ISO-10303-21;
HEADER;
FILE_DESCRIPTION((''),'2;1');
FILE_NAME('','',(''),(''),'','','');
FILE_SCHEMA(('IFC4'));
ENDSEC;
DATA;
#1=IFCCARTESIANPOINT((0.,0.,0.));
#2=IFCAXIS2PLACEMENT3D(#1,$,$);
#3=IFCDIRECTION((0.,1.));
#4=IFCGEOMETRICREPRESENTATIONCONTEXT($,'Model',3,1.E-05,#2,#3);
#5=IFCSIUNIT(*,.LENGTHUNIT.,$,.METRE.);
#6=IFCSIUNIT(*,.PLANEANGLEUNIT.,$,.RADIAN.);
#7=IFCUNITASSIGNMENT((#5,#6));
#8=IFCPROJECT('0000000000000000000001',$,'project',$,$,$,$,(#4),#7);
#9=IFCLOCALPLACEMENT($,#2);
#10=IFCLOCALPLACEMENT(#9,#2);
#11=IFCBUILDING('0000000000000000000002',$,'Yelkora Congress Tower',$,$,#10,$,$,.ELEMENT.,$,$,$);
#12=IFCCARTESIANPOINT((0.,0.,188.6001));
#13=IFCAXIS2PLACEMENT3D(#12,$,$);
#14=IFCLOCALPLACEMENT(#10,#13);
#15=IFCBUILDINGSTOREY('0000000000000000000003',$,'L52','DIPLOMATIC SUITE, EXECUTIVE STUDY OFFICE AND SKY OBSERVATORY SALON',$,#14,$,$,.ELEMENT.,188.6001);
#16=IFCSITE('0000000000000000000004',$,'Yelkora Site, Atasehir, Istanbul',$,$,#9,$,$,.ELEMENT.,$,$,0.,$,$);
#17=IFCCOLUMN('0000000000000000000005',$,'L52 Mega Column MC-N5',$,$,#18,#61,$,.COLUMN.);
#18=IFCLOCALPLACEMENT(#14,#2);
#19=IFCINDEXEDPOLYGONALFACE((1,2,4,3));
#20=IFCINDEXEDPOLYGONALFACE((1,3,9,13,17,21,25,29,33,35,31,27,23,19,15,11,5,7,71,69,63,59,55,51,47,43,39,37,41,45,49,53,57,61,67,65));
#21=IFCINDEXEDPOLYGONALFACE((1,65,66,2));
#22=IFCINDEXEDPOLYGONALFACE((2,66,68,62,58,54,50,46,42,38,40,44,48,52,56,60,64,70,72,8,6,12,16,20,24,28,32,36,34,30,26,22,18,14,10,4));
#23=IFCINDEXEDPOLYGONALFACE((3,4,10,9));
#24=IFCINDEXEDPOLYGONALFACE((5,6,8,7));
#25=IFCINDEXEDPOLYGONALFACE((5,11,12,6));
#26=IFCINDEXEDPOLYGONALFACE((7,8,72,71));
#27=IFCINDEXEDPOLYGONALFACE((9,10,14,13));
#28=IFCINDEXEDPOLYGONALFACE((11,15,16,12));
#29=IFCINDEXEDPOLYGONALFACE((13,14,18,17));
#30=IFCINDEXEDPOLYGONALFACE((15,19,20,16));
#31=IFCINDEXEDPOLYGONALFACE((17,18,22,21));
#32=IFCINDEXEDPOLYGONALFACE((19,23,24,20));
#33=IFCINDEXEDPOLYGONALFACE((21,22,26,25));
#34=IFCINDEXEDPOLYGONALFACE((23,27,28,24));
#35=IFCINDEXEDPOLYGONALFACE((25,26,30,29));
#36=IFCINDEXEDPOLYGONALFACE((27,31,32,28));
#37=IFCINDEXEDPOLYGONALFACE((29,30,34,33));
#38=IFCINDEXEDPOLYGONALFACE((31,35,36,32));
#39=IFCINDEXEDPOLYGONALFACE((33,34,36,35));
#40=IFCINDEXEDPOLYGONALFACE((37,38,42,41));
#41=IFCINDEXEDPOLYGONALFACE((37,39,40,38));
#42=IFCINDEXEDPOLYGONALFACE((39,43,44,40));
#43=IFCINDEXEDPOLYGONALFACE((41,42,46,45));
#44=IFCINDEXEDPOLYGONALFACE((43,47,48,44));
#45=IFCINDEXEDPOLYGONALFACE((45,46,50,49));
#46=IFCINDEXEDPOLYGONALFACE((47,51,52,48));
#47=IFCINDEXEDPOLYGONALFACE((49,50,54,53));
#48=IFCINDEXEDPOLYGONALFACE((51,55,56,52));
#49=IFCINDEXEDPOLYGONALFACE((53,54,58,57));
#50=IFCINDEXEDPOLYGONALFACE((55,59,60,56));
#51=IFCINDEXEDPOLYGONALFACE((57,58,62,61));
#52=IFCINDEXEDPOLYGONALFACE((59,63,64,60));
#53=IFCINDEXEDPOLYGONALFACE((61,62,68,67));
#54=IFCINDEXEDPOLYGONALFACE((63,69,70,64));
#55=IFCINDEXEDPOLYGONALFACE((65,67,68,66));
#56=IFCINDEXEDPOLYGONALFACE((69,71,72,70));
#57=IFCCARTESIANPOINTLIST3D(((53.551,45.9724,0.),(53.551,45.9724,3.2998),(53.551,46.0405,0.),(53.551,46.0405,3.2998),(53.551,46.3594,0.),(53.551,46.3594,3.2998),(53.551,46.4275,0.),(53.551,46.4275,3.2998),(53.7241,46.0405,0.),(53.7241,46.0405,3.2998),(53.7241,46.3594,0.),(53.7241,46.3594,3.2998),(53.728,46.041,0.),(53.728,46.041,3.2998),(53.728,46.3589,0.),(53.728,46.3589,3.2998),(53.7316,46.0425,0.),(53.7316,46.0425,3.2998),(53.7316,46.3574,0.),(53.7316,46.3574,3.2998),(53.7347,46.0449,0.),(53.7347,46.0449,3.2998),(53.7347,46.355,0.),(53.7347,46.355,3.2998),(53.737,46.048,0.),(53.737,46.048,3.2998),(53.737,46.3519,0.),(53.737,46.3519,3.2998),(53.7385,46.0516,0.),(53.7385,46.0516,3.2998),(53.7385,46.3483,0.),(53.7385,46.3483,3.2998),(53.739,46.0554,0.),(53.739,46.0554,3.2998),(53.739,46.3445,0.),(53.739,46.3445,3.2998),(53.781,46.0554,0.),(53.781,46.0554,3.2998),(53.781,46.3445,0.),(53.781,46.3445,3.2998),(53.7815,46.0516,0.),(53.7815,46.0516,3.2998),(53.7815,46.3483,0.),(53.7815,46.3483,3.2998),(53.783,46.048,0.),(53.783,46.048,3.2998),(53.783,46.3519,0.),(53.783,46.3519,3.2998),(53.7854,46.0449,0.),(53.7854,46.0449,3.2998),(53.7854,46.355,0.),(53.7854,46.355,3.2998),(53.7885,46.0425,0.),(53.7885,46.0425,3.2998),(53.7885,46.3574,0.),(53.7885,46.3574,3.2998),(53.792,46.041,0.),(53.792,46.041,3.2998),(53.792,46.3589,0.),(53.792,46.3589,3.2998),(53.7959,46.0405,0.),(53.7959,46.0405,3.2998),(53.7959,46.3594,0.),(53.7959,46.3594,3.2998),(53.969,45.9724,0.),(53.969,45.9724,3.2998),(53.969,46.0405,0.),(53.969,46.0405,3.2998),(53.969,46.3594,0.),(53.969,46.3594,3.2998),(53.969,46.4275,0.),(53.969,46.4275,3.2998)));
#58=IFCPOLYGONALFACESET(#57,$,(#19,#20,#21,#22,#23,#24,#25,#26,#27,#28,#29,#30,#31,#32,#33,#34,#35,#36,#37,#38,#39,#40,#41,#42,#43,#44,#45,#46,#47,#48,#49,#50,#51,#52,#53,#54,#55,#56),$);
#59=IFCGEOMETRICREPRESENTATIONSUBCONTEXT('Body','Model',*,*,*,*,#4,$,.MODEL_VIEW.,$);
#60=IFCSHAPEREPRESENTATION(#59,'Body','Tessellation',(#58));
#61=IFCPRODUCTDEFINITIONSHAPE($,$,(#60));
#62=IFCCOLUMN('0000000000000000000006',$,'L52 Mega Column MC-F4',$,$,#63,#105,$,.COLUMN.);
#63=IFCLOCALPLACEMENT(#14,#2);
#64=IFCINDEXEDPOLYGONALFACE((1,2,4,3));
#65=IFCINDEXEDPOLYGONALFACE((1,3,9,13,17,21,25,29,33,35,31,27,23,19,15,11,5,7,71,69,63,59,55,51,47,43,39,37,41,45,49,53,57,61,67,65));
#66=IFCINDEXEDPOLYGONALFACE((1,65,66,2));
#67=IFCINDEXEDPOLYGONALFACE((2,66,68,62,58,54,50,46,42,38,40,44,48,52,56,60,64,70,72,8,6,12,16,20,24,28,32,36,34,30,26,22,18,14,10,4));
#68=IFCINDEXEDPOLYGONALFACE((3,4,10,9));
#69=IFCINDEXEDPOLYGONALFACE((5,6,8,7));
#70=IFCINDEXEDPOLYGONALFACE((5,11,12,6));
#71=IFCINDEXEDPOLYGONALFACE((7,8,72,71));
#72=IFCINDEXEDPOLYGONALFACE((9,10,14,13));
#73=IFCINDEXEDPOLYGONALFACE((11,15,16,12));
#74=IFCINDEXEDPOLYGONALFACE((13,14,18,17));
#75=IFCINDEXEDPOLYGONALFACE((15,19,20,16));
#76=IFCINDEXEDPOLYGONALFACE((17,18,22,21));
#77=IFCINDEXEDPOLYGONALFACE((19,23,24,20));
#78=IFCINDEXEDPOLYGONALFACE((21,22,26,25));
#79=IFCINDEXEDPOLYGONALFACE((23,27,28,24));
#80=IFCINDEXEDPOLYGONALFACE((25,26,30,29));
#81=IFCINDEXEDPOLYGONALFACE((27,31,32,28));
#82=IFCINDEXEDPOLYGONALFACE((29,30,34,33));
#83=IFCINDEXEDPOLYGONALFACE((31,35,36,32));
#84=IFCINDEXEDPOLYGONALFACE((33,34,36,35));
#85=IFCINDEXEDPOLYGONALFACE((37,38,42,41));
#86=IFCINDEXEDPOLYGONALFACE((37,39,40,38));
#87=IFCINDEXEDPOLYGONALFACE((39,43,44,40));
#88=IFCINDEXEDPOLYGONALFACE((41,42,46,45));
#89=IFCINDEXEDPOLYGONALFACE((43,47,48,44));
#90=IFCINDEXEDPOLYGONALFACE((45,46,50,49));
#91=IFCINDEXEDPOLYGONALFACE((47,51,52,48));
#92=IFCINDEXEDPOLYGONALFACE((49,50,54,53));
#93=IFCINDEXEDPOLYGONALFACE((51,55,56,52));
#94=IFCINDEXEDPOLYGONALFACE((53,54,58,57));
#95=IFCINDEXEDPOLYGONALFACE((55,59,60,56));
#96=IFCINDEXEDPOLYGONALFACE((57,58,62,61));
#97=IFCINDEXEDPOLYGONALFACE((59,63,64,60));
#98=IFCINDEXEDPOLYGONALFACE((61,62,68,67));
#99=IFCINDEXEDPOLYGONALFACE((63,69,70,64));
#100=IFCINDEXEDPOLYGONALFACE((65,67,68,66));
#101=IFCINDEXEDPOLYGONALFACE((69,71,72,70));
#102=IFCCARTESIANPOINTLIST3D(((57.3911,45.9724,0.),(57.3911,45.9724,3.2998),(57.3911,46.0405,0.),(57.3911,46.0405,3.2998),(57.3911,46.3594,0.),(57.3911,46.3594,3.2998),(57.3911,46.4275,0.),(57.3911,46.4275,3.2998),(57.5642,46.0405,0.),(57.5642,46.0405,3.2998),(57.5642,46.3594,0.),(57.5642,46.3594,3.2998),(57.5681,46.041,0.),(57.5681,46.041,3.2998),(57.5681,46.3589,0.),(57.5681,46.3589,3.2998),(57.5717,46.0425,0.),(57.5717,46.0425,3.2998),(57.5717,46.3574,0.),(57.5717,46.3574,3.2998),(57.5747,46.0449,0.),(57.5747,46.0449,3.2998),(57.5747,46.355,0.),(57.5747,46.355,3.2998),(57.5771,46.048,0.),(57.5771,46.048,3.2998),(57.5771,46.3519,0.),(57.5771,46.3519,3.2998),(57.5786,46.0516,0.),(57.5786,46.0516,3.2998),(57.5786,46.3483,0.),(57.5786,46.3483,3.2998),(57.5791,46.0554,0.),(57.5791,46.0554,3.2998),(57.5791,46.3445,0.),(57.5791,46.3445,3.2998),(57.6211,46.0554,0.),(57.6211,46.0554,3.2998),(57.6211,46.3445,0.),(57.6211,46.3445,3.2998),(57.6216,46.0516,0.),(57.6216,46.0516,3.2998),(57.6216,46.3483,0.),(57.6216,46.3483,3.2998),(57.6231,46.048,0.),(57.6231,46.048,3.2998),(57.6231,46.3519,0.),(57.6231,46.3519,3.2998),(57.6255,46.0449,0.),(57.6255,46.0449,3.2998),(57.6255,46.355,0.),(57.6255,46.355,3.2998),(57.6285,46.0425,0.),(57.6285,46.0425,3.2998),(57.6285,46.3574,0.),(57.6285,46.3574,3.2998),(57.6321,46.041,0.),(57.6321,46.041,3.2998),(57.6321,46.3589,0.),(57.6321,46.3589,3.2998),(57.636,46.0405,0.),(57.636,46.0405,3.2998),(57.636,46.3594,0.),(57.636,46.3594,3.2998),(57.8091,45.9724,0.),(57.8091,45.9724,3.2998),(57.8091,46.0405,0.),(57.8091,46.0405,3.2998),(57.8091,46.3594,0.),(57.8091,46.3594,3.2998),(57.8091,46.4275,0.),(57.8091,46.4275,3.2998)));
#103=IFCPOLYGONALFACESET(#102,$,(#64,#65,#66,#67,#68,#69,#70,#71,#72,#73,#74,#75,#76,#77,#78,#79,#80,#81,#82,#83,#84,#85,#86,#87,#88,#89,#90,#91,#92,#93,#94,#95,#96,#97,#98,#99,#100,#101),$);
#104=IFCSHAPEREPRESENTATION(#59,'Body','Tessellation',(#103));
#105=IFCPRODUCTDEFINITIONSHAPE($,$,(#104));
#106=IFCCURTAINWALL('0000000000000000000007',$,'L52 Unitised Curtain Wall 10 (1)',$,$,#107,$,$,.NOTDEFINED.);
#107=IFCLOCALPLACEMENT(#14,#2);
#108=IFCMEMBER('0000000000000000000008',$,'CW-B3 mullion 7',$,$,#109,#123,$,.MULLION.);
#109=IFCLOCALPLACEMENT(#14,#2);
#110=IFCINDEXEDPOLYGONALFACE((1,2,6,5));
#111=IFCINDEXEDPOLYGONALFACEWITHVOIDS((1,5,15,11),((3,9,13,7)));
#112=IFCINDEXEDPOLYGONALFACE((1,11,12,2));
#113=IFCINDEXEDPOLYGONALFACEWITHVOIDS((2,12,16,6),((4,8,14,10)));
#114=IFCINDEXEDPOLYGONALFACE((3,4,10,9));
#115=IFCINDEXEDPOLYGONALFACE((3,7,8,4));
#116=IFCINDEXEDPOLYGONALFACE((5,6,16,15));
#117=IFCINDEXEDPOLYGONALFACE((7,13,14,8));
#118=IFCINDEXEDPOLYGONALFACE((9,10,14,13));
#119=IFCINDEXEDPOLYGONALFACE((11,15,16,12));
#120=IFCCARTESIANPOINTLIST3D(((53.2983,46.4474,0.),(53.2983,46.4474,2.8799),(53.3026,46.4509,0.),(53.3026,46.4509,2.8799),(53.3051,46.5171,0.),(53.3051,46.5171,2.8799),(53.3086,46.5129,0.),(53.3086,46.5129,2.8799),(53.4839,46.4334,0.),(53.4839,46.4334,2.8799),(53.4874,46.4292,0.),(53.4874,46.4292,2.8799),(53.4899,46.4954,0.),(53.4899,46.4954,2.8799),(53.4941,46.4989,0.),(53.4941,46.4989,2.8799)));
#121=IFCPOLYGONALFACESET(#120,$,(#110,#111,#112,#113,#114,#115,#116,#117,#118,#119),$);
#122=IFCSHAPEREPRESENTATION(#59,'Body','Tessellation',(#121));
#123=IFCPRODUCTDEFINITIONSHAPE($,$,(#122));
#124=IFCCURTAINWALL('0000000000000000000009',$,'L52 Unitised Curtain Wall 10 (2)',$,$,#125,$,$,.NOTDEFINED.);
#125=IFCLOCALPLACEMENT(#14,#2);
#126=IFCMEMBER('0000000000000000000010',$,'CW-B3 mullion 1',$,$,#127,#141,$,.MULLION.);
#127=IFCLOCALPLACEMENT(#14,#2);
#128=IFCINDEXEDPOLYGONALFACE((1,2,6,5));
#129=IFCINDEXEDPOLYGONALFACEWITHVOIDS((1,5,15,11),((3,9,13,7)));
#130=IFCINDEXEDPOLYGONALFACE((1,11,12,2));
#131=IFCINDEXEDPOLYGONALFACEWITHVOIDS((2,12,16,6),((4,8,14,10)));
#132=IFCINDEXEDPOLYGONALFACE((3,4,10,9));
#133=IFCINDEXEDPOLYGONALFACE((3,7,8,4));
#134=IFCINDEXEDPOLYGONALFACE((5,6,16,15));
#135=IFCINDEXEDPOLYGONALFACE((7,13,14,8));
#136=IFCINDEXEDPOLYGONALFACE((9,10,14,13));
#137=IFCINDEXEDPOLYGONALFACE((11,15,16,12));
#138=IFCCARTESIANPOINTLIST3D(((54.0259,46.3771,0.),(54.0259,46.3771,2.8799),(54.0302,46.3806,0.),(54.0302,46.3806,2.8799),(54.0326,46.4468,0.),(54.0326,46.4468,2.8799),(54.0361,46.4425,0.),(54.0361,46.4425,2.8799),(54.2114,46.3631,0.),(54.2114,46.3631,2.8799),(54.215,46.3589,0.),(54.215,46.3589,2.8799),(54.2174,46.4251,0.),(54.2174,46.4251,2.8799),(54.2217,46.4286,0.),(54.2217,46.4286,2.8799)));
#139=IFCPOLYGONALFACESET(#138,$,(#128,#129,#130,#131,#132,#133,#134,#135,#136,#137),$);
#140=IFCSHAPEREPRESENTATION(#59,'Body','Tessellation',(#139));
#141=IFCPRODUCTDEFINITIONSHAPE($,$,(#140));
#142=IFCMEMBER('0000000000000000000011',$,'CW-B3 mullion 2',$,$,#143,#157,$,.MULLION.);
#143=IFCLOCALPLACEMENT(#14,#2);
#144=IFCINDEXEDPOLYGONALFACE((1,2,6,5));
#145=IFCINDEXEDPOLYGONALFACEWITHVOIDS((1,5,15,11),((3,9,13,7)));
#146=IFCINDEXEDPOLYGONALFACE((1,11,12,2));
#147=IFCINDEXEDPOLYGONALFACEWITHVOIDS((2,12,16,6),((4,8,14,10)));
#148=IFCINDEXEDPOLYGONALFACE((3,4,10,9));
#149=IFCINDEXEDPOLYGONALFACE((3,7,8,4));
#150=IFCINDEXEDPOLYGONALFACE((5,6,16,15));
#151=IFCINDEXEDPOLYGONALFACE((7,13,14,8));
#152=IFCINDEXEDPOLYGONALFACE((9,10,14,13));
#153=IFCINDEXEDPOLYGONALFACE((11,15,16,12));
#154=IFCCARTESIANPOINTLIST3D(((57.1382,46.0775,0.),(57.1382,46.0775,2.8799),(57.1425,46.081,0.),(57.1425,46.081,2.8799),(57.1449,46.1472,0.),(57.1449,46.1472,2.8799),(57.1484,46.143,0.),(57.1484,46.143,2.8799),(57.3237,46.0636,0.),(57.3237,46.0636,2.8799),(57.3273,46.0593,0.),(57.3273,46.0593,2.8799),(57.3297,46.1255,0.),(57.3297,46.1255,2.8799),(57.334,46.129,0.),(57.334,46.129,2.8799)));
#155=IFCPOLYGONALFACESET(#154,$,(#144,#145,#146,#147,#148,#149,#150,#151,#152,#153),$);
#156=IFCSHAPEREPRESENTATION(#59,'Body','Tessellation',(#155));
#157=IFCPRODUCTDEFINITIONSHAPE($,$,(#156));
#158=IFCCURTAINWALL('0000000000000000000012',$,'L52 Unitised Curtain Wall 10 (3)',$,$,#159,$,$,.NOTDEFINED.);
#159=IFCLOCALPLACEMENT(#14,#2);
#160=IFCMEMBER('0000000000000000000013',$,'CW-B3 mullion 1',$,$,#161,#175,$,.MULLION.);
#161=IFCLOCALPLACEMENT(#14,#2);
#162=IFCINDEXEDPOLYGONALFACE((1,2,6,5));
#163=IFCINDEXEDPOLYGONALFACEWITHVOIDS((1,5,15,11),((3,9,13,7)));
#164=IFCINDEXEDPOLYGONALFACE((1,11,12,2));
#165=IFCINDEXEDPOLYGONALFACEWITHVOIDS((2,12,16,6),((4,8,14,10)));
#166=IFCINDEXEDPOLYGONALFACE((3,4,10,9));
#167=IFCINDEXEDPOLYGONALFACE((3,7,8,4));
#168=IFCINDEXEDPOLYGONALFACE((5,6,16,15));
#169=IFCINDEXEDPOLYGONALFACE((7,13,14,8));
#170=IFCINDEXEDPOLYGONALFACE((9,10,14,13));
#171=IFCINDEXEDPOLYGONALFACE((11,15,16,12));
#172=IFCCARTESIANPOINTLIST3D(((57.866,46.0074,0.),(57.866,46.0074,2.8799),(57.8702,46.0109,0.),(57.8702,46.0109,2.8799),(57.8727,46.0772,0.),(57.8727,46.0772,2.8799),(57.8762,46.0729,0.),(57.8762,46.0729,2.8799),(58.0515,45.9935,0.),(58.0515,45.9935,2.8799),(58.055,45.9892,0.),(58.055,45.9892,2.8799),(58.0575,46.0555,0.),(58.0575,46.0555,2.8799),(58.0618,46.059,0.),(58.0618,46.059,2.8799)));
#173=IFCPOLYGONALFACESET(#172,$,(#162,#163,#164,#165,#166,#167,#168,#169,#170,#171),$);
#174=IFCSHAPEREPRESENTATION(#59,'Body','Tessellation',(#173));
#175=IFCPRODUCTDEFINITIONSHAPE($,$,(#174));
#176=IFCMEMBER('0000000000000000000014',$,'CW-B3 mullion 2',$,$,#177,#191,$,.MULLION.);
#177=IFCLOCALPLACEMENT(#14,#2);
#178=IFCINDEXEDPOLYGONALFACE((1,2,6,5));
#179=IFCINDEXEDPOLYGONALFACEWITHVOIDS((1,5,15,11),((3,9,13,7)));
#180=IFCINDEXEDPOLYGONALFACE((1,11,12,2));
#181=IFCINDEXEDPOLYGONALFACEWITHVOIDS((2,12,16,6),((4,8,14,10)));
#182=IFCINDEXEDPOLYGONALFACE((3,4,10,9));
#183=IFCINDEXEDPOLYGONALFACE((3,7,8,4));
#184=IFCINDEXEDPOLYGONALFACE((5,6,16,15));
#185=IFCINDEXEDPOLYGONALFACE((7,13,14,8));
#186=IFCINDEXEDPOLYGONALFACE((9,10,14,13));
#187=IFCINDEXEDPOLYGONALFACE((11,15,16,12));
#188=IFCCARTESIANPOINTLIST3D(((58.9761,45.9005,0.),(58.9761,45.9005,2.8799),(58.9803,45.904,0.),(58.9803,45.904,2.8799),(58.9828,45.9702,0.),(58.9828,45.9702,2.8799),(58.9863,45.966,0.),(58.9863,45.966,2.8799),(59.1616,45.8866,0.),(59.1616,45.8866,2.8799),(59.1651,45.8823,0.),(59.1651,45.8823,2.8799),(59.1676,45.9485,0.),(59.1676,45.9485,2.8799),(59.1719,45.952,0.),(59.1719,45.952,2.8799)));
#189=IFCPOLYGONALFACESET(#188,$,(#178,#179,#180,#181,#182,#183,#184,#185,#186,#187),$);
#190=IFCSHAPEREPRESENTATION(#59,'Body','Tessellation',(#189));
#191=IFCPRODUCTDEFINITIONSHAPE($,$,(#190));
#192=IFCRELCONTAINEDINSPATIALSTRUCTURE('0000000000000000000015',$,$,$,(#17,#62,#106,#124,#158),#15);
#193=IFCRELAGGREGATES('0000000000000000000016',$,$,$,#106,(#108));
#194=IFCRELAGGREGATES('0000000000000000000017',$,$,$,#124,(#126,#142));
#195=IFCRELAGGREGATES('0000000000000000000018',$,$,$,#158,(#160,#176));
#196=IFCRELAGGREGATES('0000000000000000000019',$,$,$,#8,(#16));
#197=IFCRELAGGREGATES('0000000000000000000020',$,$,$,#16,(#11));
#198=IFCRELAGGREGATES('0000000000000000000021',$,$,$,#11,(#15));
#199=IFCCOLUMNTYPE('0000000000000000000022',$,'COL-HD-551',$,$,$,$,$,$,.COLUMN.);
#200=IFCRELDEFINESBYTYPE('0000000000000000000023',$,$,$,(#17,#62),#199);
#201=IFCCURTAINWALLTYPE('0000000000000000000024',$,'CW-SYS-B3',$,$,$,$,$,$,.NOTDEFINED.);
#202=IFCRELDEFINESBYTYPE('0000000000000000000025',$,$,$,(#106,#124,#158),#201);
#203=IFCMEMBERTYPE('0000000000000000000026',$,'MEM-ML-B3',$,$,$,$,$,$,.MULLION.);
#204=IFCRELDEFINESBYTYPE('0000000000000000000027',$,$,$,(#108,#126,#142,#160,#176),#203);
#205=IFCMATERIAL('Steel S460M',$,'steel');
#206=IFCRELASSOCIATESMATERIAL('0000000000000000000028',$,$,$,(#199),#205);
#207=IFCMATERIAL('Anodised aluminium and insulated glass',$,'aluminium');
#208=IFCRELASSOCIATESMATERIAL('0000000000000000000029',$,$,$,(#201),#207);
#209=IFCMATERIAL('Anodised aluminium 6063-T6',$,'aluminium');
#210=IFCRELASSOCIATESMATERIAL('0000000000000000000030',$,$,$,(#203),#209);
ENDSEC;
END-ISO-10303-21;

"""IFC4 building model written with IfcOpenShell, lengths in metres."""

from ifc_helpers import new_model, si_unit, direction, frame, origin, origin_2d, place, context, subcontext, project, spatial, hollow_rectangle, i_section, extrude, material, material_profile, profile_set, type_object, element, aggregate, save


model = new_model("IFC4")

# Units and contexts
model_context = context("Model", 3, precision=1e-05, world=origin(), true_north=direction((0.0, 1.0)))
body_context = subcontext(model_context, "Body", "Model", "MODEL_VIEW")
ifc_project = project(units=[si_unit("LENGTHUNIT", "METRE"), si_unit("PLANEANGLEUNIT", "RADIAN")], contexts=[model_context])

# Site, building, storey
site_placement = place(None, origin())
site = spatial("IfcSite", under=ifc_project, at=site_placement, Name="Yelkora Site, Atasehir, Istanbul", CompositionType="ELEMENT", RefElevation=0.0)
building_placement = place(site_placement, origin())
building = spatial("IfcBuilding", under=site, at=building_placement, Name="Yelkora Congress Tower", CompositionType="ELEMENT")
storey_placement = place(building_placement, frame((0.0, 0.0, 188.6001)))
storey = spatial("IfcBuildingStorey", under=building, at=storey_placement, Name="L52", Description="DIPLOMATIC SUITE, EXECUTIVE STUDY OFFICE AND SKY OBSERVATORY SALON", CompositionType="ELEMENT", Elevation=188.6001)

# Columns
ifc_material_1 = material(Name="Steel S460M", Category="steel")
ifc_material_profile_1 = material_profile(ifc_material_1, i_section(OverallWidth=0.418, OverallDepth=0.4551, WebThickness=0.042, FlangeThickness=0.0681, FilletRadius=0.0149, at=origin_2d()), Name="HD 400x551")
ifc_profile_set_1 = profile_set([ifc_material_profile_1], Name="Steel S460M")
column_type = type_object("IfcColumnType", Name="COL-HD-551", PredefinedType="COLUMN", material=ifc_profile_set_1)
for number, where, z_axis, x_axis, name in (
    (1, (53.76, 46.2, 0.0), (0.0, 0.0, 1.0), (1.0, 0.0, 0.0), "L52 Mega Column MC-N5"),
    (2, (57.6001, 46.2, 0.0), (0.0, 0.0, 1.0), (1.0, 0.0, 0.0), "L52 Mega Column MC-F4"),
):
    element("IfcColumn", number, at=place(storey_placement, frame(where, z_axis=z_axis, x_axis=x_axis)), inside=storey, type_object=column_type, Name=name, PredefinedType="COLUMN", context=body_context, shape_type="SweptSolid", body=[
        extrude(i_section(OverallWidth=0.418, OverallDepth=0.4551, WebThickness=0.042, FlangeThickness=0.0681, FilletRadius=0.0149, at=origin_2d()), origin(), (0.0, 0.0, 1.0), 3.2998),
    ])

# Curtain wall, member
ifc_material_2 = material(Name="Anodised aluminium and insulated glass", Category="aluminium")
curtain_wall_type = type_object("IfcCurtainWallType", Name="CW-SYS-B3", PredefinedType="NOTDEFINED", material=ifc_material_2)
curtain_wall_1_placement = place(storey_placement, origin())
curtain_wall_1 = element("IfcCurtainWall", 3, at=curtain_wall_1_placement, inside=storey, type_object=curtain_wall_type, Name="L52 Unitised Curtain Wall 10 (1)", PredefinedType="NOTDEFINED")
ifc_material_3 = material(Name="Anodised aluminium 6063-T6", Category="aluminium")
ifc_material_profile_2 = material_profile(ifc_material_3, hollow_rectangle(XDim=0.0701, YDim=0.1899, WallThickness=0.0039, at=origin_2d()), Name="ALU 70x190x4")
ifc_profile_set_2 = profile_set([ifc_material_profile_2], Name="Anodised aluminium 6063-T6")
member_type_1 = type_object("IfcMemberType", Name="MEM-ML-B3", PredefinedType="MULLION", material=ifc_profile_set_2)
member_1_placement = place(storey_placement, frame((53.3962, 46.4731, 0.0), z_axis=(0.0, 0.0, 1.0), x_axis=(0.095845, 0.995396, 0.0)))
member_1 = element("IfcMember", 4, at=member_1_placement, type_object=member_type_1, Name="CW-B3 mullion 7", PredefinedType="MULLION", context=body_context, shape_type="SweptSolid", body=[
    extrude(hollow_rectangle(XDim=0.0701, YDim=0.1899, WallThickness=0.0039, at=origin_2d()), origin(), (0.0, 0.0, 1.0), 2.8799),
])
aggregate(curtain_wall_1, [member_1])

# Curtain walls, members
curtain_wall_2_placement = place(storey_placement, origin())
curtain_wall_2 = element("IfcCurtainWall", 5, at=curtain_wall_2_placement, inside=storey, type_object=curtain_wall_type, Name="L52 Unitised Curtain Wall 10 (2)", PredefinedType="NOTDEFINED")
member_2_placement = place(storey_placement, frame((54.1238, 46.4028, 0.0), z_axis=(0.0, 0.0, 1.0), x_axis=(0.095848, 0.995396, 0.0)))
member_2 = element("IfcMember", 6, at=member_2_placement, type_object=member_type_1, Name="CW-B3 mullion 1", PredefinedType="MULLION", context=body_context, shape_type="SweptSolid", body=[
    extrude(hollow_rectangle(XDim=0.0701, YDim=0.1899, WallThickness=0.0039, at=origin_2d()), origin(), (0.0, 0.0, 1.0), 2.8799),
])
member_3_placement = place(storey_placement, frame((57.2361, 46.1033, 0.0), z_axis=(0.0, 0.0, 1.0), x_axis=(0.095848, 0.995396, 0.0)))
member_3 = element("IfcMember", 7, at=member_3_placement, type_object=member_type_1, Name="CW-B3 mullion 2", PredefinedType="MULLION", context=body_context, shape_type="SweptSolid", body=[
    extrude(hollow_rectangle(XDim=0.0701, YDim=0.1899, WallThickness=0.0039, at=origin_2d()), origin(), (0.0, 0.0, 1.0), 2.8799),
])
curtain_wall_3_placement = place(storey_placement, origin())
curtain_wall_3 = element("IfcCurtainWall", 8, at=curtain_wall_3_placement, inside=storey, type_object=curtain_wall_type, Name="L52 Unitised Curtain Wall 10 (3)", PredefinedType="NOTDEFINED")
member_4_placement = place(storey_placement, frame((57.9639, 46.0332, 0.0), z_axis=(0.0, 0.0, 1.0), x_axis=(0.095852, 0.995396, 0.0)))
member_4 = element("IfcMember", 9, at=member_4_placement, type_object=member_type_1, Name="CW-B3 mullion 1", PredefinedType="MULLION", context=body_context, shape_type="SweptSolid", body=[
    extrude(hollow_rectangle(XDim=0.0701, YDim=0.1899, WallThickness=0.0039, at=origin_2d()), origin(), (0.0, 0.0, 1.0), 2.8799),
])
member_5_placement = place(storey_placement, frame((59.074, 45.9263, 0.0), z_axis=(0.0, 0.0, 1.0), x_axis=(0.095852, 0.995396, 0.0)))
member_5 = element("IfcMember", 10, at=member_5_placement, type_object=member_type_1, Name="CW-B3 mullion 2", PredefinedType="MULLION", context=body_context, shape_type="SweptSolid", body=[
    extrude(hollow_rectangle(XDim=0.0701, YDim=0.1899, WallThickness=0.0039, at=origin_2d()), origin(), (0.0, 0.0, 1.0), 2.8799),
])

aggregate(curtain_wall_2, [member_2, member_3])
aggregate(curtain_wall_3, [member_4, member_5])

save(model, "model.ifc")
